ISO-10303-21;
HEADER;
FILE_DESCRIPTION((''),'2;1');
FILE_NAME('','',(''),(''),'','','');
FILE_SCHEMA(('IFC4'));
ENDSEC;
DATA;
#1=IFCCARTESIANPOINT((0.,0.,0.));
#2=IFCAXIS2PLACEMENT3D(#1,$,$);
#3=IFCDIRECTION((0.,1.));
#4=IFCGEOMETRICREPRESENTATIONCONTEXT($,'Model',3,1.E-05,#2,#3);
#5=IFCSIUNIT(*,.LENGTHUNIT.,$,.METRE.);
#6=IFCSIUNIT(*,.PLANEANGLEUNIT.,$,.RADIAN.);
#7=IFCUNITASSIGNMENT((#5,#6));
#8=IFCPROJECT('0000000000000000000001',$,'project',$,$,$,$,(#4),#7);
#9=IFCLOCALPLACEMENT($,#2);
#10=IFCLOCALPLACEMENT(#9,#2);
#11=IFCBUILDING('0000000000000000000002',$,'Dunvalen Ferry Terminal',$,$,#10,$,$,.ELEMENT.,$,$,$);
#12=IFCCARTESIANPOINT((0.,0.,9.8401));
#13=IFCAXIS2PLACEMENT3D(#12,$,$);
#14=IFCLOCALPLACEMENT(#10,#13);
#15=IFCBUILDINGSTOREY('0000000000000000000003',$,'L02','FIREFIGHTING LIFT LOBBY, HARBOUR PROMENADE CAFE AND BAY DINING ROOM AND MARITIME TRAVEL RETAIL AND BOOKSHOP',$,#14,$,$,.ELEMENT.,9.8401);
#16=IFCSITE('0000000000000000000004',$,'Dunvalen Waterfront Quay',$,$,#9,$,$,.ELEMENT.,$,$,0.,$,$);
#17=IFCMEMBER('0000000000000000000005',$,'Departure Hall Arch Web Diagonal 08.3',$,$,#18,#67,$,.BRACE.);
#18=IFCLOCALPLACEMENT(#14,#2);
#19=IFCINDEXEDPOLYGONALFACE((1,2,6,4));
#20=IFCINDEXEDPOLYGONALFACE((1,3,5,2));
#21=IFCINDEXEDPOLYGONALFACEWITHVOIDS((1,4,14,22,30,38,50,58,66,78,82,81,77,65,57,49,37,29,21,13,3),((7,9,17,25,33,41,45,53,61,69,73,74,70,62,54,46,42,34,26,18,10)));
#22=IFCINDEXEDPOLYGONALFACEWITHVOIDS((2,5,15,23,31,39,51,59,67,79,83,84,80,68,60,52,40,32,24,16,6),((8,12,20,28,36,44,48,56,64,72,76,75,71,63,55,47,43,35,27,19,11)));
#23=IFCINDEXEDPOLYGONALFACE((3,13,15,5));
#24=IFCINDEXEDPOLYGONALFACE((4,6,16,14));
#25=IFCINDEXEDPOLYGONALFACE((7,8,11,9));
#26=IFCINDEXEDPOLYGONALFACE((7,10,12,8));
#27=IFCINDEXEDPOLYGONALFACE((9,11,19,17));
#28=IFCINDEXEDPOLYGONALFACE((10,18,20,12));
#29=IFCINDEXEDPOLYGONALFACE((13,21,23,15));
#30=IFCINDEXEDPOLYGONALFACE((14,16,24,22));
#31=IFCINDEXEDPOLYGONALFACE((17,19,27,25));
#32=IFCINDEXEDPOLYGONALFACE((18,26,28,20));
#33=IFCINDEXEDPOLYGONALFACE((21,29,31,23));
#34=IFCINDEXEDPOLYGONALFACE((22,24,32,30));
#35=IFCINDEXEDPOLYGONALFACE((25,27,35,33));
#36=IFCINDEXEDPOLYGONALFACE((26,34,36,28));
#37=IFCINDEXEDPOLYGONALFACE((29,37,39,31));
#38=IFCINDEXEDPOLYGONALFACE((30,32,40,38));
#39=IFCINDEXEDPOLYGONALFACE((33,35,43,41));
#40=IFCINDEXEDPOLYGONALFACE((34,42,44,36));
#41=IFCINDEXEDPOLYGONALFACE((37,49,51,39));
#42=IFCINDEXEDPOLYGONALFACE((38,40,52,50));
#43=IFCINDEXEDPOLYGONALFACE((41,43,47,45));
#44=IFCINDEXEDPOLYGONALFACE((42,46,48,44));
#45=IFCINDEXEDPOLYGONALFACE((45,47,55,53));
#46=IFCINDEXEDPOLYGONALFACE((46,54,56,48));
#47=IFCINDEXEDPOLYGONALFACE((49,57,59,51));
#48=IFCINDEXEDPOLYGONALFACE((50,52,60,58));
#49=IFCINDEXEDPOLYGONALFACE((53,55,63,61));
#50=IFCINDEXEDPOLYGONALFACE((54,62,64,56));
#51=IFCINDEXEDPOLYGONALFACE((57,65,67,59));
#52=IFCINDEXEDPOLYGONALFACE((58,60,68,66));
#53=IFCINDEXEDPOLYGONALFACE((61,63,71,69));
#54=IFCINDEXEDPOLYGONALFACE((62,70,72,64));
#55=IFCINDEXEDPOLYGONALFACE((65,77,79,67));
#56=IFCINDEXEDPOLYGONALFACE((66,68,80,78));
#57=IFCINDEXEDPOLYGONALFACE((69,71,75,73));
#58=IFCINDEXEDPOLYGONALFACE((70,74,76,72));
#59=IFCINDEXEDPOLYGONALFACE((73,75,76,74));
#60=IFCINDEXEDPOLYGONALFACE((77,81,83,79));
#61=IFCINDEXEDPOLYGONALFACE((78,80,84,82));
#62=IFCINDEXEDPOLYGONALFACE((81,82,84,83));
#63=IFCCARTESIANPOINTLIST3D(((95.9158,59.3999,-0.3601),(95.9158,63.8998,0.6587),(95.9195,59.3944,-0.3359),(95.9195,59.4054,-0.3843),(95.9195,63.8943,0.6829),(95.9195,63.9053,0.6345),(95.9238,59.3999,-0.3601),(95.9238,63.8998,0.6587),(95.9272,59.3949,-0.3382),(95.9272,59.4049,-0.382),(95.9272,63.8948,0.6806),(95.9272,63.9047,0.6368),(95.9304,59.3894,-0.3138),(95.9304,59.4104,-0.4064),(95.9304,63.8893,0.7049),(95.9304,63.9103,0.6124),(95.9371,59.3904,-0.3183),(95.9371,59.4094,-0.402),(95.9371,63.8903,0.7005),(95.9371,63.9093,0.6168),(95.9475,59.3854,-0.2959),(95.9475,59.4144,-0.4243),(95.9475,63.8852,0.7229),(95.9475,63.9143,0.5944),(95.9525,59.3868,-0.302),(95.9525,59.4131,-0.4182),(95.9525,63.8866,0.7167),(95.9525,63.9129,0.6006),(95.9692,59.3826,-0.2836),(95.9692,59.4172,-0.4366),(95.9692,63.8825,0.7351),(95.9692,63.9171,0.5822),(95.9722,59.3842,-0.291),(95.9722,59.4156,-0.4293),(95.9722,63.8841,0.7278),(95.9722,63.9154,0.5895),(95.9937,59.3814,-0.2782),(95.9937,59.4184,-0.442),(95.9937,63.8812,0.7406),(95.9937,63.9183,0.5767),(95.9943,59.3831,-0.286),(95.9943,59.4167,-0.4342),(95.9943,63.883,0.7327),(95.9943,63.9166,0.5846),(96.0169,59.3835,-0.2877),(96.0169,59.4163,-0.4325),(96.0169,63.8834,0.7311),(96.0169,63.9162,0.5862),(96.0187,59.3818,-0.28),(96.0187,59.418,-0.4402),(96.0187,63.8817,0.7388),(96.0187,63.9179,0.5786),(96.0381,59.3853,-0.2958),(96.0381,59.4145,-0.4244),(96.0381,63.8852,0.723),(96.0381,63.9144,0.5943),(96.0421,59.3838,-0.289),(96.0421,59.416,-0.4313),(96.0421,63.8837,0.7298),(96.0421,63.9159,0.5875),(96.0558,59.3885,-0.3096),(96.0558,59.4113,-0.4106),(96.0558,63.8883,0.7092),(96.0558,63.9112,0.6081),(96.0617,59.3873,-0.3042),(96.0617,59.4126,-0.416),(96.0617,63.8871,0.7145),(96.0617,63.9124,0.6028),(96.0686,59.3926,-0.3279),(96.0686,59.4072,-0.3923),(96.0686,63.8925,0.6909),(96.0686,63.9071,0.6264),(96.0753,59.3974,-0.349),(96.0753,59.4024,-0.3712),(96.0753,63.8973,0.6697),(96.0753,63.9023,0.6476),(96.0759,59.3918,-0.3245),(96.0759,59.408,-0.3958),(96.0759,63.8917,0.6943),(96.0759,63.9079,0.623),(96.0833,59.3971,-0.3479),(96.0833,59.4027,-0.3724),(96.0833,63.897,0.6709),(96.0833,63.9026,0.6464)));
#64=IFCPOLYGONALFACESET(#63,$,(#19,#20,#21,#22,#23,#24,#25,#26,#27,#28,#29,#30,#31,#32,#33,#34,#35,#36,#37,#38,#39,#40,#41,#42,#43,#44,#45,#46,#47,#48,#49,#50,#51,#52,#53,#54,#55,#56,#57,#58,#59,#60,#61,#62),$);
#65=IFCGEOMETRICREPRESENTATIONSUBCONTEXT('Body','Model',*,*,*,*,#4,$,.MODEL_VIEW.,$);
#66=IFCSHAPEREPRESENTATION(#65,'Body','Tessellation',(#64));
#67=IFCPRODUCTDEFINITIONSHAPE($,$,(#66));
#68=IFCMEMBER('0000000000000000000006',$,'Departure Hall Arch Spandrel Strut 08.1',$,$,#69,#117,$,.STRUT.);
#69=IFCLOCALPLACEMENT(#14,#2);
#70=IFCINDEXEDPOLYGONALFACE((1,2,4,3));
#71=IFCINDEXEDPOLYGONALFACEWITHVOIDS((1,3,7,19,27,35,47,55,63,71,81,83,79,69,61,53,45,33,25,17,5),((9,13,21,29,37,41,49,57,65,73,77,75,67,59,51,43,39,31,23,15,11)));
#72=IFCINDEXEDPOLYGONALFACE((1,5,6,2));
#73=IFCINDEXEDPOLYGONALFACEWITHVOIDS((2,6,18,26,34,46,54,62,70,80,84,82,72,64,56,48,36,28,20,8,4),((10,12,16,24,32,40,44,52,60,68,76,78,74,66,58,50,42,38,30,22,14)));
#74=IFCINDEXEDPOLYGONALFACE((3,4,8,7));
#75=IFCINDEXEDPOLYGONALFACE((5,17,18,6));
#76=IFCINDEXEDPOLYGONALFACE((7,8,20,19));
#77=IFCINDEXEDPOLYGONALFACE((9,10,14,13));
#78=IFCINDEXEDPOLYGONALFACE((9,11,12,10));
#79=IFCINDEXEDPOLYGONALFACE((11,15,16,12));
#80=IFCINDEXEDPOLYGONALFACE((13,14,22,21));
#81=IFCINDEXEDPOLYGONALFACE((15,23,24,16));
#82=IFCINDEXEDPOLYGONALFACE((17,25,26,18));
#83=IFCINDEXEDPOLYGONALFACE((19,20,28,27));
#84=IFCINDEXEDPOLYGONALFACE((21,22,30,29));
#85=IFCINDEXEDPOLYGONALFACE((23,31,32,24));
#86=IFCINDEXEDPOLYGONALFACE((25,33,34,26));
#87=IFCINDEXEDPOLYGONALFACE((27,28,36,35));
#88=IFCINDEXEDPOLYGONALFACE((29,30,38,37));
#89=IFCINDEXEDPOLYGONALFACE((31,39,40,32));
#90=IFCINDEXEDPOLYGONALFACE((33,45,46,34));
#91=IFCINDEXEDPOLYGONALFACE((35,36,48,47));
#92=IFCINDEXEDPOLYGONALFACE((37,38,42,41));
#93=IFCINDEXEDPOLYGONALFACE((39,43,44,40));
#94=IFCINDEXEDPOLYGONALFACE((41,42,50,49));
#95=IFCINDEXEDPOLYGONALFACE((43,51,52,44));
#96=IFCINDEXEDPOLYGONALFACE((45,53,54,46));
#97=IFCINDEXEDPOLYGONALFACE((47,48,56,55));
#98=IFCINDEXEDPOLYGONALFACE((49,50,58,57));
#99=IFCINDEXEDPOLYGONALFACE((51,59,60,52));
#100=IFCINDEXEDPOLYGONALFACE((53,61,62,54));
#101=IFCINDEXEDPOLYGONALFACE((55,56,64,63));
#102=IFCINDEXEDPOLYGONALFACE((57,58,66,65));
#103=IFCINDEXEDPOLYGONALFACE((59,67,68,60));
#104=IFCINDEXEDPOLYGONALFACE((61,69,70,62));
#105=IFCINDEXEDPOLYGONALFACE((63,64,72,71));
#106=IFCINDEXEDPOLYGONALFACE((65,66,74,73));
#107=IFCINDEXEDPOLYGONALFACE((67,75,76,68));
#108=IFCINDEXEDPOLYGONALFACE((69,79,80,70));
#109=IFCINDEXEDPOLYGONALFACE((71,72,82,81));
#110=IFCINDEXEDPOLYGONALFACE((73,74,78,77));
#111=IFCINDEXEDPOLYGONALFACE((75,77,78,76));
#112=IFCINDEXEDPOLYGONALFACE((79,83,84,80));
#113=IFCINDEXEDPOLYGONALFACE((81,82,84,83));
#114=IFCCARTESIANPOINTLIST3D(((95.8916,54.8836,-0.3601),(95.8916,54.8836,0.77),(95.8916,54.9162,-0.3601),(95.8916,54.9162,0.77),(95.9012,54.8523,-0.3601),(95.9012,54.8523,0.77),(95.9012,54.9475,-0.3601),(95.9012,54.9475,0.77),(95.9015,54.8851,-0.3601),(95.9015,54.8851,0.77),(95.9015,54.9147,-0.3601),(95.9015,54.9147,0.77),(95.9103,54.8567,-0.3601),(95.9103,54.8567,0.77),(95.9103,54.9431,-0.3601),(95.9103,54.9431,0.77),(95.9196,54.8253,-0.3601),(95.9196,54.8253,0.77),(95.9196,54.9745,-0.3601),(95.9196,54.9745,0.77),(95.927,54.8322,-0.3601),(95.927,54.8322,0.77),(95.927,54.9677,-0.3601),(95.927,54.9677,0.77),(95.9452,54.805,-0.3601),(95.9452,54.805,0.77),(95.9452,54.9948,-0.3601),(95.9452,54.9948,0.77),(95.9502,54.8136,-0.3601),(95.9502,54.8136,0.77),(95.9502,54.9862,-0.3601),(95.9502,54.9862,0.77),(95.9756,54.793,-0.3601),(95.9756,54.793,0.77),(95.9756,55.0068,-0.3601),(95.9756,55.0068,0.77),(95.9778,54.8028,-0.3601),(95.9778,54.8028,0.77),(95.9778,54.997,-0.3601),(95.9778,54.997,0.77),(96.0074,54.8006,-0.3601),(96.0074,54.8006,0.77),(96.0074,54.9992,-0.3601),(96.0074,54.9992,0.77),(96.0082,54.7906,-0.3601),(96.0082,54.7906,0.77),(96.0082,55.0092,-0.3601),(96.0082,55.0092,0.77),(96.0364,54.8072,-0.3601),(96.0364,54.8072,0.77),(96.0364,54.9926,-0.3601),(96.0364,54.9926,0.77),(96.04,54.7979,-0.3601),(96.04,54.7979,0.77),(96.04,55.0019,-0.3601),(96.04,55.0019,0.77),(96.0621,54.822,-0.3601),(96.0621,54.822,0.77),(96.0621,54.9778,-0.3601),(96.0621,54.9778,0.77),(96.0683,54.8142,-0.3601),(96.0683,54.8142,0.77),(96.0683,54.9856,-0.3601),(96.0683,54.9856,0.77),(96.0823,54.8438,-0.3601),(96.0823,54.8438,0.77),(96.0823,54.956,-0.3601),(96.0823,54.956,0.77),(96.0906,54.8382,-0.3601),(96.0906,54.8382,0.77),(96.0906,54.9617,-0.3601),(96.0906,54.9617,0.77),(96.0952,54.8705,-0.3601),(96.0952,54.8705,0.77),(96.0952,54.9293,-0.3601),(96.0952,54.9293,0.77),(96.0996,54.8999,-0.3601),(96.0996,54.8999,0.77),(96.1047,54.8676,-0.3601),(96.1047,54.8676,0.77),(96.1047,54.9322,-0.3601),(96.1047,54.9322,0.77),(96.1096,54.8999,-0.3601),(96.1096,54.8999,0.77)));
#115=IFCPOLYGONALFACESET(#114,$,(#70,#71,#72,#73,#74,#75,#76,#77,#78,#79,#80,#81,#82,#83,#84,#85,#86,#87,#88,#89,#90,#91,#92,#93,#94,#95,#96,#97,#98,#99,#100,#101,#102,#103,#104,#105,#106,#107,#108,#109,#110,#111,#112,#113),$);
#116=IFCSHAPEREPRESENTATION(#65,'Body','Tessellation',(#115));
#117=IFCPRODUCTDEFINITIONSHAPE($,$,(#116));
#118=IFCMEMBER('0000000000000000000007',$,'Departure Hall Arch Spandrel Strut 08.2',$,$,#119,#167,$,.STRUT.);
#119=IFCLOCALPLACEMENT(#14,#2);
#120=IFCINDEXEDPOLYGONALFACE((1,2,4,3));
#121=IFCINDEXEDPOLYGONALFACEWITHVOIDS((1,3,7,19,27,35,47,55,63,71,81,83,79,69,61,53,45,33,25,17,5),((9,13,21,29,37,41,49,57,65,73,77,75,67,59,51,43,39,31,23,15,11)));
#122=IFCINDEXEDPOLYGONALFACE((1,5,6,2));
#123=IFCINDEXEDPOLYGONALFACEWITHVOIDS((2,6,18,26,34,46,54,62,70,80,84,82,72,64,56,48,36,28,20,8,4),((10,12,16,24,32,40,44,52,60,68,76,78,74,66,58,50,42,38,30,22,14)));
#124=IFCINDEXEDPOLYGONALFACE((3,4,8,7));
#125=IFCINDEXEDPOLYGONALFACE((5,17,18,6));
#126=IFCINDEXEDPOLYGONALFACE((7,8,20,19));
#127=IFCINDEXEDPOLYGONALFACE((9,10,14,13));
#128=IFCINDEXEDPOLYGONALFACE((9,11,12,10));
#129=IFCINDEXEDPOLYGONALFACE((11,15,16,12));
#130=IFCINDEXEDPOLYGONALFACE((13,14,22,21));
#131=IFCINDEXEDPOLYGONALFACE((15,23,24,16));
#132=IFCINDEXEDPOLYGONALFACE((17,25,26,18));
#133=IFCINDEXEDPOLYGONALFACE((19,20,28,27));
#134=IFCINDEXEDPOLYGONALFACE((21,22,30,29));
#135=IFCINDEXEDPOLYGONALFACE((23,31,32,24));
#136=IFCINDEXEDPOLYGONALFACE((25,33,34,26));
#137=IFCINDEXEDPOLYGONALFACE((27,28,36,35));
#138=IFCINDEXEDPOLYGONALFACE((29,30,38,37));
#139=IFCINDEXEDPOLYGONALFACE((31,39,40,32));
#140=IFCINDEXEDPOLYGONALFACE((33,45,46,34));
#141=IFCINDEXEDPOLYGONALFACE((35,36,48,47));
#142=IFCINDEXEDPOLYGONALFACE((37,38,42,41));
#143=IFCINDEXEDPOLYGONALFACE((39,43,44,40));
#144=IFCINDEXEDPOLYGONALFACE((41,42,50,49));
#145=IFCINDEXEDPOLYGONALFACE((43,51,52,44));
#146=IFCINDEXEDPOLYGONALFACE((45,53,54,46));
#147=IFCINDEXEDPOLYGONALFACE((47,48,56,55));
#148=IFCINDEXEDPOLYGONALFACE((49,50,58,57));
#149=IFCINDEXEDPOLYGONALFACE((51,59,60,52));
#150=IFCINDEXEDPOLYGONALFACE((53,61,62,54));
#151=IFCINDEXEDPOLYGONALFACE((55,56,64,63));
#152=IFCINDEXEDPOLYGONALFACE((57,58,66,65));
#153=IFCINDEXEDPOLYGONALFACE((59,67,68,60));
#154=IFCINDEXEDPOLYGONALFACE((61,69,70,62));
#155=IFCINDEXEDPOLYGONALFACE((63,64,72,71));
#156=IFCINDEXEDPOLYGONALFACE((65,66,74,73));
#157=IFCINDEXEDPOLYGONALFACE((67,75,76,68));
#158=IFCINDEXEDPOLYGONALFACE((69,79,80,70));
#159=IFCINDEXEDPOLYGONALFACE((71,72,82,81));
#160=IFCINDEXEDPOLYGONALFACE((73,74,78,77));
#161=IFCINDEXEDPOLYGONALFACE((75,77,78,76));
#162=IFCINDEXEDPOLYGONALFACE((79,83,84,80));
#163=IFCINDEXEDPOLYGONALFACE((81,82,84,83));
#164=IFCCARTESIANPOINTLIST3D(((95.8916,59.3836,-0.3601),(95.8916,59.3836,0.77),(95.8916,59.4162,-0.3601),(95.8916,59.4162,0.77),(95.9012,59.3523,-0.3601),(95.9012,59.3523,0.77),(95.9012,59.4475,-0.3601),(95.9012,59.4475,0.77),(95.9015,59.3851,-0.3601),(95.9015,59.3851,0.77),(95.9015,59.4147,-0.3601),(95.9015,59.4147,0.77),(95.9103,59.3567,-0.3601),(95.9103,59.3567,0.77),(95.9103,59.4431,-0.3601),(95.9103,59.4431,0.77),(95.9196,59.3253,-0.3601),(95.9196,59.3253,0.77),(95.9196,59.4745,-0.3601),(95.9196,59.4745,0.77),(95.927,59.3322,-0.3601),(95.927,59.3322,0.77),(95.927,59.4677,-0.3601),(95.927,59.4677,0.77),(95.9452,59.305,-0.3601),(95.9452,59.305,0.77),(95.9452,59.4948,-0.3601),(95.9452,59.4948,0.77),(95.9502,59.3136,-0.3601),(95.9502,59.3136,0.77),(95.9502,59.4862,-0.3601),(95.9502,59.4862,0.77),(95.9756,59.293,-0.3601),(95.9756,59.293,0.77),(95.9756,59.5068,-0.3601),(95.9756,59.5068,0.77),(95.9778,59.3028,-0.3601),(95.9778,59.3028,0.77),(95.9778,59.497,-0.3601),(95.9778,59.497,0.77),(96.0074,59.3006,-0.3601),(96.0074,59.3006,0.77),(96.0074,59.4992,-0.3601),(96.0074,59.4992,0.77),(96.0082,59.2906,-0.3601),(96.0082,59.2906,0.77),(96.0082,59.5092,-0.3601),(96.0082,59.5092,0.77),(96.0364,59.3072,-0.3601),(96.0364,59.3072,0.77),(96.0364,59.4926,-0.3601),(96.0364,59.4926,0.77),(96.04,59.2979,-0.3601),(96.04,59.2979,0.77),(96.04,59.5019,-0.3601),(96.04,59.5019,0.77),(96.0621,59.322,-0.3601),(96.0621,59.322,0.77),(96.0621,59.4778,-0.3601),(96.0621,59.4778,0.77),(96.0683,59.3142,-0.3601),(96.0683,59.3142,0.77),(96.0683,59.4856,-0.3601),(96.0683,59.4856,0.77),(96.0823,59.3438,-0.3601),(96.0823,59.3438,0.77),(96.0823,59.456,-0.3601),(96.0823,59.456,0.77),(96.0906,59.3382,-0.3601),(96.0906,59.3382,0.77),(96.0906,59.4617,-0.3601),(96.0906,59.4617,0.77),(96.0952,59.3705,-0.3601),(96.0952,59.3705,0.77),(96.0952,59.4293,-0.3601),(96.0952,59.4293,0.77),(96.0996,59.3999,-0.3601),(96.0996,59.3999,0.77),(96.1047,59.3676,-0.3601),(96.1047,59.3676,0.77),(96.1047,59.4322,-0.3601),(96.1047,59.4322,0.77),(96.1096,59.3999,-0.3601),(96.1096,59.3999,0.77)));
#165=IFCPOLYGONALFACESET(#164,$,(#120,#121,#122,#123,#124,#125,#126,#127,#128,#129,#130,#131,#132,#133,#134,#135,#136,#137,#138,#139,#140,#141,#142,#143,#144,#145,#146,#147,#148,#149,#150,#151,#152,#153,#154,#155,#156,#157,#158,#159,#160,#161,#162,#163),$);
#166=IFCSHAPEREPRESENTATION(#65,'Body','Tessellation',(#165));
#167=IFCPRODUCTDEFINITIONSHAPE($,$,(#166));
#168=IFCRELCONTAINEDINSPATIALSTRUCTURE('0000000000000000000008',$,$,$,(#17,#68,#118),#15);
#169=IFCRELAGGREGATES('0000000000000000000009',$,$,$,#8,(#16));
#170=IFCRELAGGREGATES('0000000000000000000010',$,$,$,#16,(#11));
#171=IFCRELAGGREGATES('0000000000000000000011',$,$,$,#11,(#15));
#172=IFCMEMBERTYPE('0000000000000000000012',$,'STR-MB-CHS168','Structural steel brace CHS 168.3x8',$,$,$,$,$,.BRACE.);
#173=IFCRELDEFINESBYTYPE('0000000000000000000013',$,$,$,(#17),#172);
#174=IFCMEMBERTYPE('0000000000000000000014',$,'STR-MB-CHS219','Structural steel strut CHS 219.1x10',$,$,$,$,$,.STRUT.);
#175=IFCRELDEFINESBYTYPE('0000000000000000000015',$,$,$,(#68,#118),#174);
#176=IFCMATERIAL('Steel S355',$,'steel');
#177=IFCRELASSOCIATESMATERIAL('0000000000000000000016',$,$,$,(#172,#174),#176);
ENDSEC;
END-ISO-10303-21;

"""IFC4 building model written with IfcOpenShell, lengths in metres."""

from ifc_helpers import new_model, si_unit, direction, frame, origin, origin_2d, place, context, subcontext, project, spatial, hollow_circle, extrude, material, material_profile, profile_set, type_object, element, save


model = new_model("IFC4")

# Units and contexts
model_context = context("Model", 3, precision=1e-05, world=origin(), true_north=direction((0.0, 1.0)))
body_context = subcontext(model_context, "Body", "Model", "MODEL_VIEW")
ifc_project = project(units=[si_unit("LENGTHUNIT", "METRE"), si_unit("PLANEANGLEUNIT", "RADIAN")], contexts=[model_context])

# Site, building, storey
site_placement = place(None, origin())
site = spatial("IfcSite", under=ifc_project, at=site_placement, Name="Dunvalen Waterfront Quay", CompositionType="ELEMENT", RefElevation=0.0)
building_placement = place(site_placement, origin())
building = spatial("IfcBuilding", under=site, at=building_placement, Name="Dunvalen Ferry Terminal", CompositionType="ELEMENT")
storey_placement = place(building_placement, frame((0.0, 0.0, 9.8401)))
storey = spatial("IfcBuildingStorey", under=building, at=storey_placement, Name="L02", Description="FIREFIGHTING LIFT LOBBY, HARBOUR PROMENADE CAFE AND BAY DINING ROOM AND MARITIME TRAVEL RETAIL AND BOOKSHOP", CompositionType="ELEMENT", Elevation=9.8401)

# Shared definitions
ifc_material_1 = material(Name="Steel S355", Category="steel")

# Members
ifc_material_profile_1 = material_profile(ifc_material_1, hollow_circle(Radius=0.0842, WallThickness=0.0081, at=origin_2d()), Name="Steel S355")
ifc_profile_set_1 = profile_set([ifc_material_profile_1], Name="Steel S355")
member_type_1 = type_object("IfcMemberType", Name="STR-MB-CHS168", Description="Structural steel brace CHS 168.3x8", PredefinedType="BRACE", material=ifc_profile_set_1)
member_1_placement = place(storey_placement, frame((96.0, 59.3999, -0.3601), z_axis=(0.0, 0.975317, 0.220811), x_axis=(-1.0, 0.0, 0.0)))
element("IfcMember", 1, at=member_1_placement, inside=storey, type_object=member_type_1, Name="Departure Hall Arch Web Diagonal 08.3", PredefinedType="BRACE", context=body_context, shape_type="SweptSolid", body=[
    extrude(hollow_circle(Radius=0.0842, WallThickness=0.0081, at=origin_2d()), origin(), (0.0, 0.0, 1.0), 4.6138),
])
ifc_material_profile_2 = material_profile(ifc_material_1, hollow_circle(Radius=0.1096, WallThickness=0.01, at=origin_2d()), Name="Steel S355")
ifc_profile_set_2 = profile_set([ifc_material_profile_2], Name="Steel S355")
member_type_2 = type_object("IfcMemberType", Name="STR-MB-CHS219", Description="Structural steel strut CHS 219.1x10", PredefinedType="STRUT", material=ifc_profile_set_2)
for number, where, z_axis, x_axis, name in (
    (2, (96.0, 54.8999, -0.3601), (0.0, 0.0, 1.0), (1.0, 0.0, 0.0), "Departure Hall Arch Spandrel Strut 08.1"),
    (3, (96.0, 59.3999, -0.3601), (0.0, 0.0, 1.0), (1.0, 0.0, 0.0), "Departure Hall Arch Spandrel Strut 08.2"),
):
    element("IfcMember", number, at=place(storey_placement, frame(where, z_axis=z_axis, x_axis=x_axis)), inside=storey, type_object=member_type_2, Name=name, PredefinedType="STRUT", context=body_context, shape_type="SweptSolid", body=[
        extrude(hollow_circle(Radius=0.1096, WallThickness=0.01, at=origin_2d()), origin(), (0.0, 0.0, 1.0), 1.1301),
    ])

save(model, "model.ifc")
